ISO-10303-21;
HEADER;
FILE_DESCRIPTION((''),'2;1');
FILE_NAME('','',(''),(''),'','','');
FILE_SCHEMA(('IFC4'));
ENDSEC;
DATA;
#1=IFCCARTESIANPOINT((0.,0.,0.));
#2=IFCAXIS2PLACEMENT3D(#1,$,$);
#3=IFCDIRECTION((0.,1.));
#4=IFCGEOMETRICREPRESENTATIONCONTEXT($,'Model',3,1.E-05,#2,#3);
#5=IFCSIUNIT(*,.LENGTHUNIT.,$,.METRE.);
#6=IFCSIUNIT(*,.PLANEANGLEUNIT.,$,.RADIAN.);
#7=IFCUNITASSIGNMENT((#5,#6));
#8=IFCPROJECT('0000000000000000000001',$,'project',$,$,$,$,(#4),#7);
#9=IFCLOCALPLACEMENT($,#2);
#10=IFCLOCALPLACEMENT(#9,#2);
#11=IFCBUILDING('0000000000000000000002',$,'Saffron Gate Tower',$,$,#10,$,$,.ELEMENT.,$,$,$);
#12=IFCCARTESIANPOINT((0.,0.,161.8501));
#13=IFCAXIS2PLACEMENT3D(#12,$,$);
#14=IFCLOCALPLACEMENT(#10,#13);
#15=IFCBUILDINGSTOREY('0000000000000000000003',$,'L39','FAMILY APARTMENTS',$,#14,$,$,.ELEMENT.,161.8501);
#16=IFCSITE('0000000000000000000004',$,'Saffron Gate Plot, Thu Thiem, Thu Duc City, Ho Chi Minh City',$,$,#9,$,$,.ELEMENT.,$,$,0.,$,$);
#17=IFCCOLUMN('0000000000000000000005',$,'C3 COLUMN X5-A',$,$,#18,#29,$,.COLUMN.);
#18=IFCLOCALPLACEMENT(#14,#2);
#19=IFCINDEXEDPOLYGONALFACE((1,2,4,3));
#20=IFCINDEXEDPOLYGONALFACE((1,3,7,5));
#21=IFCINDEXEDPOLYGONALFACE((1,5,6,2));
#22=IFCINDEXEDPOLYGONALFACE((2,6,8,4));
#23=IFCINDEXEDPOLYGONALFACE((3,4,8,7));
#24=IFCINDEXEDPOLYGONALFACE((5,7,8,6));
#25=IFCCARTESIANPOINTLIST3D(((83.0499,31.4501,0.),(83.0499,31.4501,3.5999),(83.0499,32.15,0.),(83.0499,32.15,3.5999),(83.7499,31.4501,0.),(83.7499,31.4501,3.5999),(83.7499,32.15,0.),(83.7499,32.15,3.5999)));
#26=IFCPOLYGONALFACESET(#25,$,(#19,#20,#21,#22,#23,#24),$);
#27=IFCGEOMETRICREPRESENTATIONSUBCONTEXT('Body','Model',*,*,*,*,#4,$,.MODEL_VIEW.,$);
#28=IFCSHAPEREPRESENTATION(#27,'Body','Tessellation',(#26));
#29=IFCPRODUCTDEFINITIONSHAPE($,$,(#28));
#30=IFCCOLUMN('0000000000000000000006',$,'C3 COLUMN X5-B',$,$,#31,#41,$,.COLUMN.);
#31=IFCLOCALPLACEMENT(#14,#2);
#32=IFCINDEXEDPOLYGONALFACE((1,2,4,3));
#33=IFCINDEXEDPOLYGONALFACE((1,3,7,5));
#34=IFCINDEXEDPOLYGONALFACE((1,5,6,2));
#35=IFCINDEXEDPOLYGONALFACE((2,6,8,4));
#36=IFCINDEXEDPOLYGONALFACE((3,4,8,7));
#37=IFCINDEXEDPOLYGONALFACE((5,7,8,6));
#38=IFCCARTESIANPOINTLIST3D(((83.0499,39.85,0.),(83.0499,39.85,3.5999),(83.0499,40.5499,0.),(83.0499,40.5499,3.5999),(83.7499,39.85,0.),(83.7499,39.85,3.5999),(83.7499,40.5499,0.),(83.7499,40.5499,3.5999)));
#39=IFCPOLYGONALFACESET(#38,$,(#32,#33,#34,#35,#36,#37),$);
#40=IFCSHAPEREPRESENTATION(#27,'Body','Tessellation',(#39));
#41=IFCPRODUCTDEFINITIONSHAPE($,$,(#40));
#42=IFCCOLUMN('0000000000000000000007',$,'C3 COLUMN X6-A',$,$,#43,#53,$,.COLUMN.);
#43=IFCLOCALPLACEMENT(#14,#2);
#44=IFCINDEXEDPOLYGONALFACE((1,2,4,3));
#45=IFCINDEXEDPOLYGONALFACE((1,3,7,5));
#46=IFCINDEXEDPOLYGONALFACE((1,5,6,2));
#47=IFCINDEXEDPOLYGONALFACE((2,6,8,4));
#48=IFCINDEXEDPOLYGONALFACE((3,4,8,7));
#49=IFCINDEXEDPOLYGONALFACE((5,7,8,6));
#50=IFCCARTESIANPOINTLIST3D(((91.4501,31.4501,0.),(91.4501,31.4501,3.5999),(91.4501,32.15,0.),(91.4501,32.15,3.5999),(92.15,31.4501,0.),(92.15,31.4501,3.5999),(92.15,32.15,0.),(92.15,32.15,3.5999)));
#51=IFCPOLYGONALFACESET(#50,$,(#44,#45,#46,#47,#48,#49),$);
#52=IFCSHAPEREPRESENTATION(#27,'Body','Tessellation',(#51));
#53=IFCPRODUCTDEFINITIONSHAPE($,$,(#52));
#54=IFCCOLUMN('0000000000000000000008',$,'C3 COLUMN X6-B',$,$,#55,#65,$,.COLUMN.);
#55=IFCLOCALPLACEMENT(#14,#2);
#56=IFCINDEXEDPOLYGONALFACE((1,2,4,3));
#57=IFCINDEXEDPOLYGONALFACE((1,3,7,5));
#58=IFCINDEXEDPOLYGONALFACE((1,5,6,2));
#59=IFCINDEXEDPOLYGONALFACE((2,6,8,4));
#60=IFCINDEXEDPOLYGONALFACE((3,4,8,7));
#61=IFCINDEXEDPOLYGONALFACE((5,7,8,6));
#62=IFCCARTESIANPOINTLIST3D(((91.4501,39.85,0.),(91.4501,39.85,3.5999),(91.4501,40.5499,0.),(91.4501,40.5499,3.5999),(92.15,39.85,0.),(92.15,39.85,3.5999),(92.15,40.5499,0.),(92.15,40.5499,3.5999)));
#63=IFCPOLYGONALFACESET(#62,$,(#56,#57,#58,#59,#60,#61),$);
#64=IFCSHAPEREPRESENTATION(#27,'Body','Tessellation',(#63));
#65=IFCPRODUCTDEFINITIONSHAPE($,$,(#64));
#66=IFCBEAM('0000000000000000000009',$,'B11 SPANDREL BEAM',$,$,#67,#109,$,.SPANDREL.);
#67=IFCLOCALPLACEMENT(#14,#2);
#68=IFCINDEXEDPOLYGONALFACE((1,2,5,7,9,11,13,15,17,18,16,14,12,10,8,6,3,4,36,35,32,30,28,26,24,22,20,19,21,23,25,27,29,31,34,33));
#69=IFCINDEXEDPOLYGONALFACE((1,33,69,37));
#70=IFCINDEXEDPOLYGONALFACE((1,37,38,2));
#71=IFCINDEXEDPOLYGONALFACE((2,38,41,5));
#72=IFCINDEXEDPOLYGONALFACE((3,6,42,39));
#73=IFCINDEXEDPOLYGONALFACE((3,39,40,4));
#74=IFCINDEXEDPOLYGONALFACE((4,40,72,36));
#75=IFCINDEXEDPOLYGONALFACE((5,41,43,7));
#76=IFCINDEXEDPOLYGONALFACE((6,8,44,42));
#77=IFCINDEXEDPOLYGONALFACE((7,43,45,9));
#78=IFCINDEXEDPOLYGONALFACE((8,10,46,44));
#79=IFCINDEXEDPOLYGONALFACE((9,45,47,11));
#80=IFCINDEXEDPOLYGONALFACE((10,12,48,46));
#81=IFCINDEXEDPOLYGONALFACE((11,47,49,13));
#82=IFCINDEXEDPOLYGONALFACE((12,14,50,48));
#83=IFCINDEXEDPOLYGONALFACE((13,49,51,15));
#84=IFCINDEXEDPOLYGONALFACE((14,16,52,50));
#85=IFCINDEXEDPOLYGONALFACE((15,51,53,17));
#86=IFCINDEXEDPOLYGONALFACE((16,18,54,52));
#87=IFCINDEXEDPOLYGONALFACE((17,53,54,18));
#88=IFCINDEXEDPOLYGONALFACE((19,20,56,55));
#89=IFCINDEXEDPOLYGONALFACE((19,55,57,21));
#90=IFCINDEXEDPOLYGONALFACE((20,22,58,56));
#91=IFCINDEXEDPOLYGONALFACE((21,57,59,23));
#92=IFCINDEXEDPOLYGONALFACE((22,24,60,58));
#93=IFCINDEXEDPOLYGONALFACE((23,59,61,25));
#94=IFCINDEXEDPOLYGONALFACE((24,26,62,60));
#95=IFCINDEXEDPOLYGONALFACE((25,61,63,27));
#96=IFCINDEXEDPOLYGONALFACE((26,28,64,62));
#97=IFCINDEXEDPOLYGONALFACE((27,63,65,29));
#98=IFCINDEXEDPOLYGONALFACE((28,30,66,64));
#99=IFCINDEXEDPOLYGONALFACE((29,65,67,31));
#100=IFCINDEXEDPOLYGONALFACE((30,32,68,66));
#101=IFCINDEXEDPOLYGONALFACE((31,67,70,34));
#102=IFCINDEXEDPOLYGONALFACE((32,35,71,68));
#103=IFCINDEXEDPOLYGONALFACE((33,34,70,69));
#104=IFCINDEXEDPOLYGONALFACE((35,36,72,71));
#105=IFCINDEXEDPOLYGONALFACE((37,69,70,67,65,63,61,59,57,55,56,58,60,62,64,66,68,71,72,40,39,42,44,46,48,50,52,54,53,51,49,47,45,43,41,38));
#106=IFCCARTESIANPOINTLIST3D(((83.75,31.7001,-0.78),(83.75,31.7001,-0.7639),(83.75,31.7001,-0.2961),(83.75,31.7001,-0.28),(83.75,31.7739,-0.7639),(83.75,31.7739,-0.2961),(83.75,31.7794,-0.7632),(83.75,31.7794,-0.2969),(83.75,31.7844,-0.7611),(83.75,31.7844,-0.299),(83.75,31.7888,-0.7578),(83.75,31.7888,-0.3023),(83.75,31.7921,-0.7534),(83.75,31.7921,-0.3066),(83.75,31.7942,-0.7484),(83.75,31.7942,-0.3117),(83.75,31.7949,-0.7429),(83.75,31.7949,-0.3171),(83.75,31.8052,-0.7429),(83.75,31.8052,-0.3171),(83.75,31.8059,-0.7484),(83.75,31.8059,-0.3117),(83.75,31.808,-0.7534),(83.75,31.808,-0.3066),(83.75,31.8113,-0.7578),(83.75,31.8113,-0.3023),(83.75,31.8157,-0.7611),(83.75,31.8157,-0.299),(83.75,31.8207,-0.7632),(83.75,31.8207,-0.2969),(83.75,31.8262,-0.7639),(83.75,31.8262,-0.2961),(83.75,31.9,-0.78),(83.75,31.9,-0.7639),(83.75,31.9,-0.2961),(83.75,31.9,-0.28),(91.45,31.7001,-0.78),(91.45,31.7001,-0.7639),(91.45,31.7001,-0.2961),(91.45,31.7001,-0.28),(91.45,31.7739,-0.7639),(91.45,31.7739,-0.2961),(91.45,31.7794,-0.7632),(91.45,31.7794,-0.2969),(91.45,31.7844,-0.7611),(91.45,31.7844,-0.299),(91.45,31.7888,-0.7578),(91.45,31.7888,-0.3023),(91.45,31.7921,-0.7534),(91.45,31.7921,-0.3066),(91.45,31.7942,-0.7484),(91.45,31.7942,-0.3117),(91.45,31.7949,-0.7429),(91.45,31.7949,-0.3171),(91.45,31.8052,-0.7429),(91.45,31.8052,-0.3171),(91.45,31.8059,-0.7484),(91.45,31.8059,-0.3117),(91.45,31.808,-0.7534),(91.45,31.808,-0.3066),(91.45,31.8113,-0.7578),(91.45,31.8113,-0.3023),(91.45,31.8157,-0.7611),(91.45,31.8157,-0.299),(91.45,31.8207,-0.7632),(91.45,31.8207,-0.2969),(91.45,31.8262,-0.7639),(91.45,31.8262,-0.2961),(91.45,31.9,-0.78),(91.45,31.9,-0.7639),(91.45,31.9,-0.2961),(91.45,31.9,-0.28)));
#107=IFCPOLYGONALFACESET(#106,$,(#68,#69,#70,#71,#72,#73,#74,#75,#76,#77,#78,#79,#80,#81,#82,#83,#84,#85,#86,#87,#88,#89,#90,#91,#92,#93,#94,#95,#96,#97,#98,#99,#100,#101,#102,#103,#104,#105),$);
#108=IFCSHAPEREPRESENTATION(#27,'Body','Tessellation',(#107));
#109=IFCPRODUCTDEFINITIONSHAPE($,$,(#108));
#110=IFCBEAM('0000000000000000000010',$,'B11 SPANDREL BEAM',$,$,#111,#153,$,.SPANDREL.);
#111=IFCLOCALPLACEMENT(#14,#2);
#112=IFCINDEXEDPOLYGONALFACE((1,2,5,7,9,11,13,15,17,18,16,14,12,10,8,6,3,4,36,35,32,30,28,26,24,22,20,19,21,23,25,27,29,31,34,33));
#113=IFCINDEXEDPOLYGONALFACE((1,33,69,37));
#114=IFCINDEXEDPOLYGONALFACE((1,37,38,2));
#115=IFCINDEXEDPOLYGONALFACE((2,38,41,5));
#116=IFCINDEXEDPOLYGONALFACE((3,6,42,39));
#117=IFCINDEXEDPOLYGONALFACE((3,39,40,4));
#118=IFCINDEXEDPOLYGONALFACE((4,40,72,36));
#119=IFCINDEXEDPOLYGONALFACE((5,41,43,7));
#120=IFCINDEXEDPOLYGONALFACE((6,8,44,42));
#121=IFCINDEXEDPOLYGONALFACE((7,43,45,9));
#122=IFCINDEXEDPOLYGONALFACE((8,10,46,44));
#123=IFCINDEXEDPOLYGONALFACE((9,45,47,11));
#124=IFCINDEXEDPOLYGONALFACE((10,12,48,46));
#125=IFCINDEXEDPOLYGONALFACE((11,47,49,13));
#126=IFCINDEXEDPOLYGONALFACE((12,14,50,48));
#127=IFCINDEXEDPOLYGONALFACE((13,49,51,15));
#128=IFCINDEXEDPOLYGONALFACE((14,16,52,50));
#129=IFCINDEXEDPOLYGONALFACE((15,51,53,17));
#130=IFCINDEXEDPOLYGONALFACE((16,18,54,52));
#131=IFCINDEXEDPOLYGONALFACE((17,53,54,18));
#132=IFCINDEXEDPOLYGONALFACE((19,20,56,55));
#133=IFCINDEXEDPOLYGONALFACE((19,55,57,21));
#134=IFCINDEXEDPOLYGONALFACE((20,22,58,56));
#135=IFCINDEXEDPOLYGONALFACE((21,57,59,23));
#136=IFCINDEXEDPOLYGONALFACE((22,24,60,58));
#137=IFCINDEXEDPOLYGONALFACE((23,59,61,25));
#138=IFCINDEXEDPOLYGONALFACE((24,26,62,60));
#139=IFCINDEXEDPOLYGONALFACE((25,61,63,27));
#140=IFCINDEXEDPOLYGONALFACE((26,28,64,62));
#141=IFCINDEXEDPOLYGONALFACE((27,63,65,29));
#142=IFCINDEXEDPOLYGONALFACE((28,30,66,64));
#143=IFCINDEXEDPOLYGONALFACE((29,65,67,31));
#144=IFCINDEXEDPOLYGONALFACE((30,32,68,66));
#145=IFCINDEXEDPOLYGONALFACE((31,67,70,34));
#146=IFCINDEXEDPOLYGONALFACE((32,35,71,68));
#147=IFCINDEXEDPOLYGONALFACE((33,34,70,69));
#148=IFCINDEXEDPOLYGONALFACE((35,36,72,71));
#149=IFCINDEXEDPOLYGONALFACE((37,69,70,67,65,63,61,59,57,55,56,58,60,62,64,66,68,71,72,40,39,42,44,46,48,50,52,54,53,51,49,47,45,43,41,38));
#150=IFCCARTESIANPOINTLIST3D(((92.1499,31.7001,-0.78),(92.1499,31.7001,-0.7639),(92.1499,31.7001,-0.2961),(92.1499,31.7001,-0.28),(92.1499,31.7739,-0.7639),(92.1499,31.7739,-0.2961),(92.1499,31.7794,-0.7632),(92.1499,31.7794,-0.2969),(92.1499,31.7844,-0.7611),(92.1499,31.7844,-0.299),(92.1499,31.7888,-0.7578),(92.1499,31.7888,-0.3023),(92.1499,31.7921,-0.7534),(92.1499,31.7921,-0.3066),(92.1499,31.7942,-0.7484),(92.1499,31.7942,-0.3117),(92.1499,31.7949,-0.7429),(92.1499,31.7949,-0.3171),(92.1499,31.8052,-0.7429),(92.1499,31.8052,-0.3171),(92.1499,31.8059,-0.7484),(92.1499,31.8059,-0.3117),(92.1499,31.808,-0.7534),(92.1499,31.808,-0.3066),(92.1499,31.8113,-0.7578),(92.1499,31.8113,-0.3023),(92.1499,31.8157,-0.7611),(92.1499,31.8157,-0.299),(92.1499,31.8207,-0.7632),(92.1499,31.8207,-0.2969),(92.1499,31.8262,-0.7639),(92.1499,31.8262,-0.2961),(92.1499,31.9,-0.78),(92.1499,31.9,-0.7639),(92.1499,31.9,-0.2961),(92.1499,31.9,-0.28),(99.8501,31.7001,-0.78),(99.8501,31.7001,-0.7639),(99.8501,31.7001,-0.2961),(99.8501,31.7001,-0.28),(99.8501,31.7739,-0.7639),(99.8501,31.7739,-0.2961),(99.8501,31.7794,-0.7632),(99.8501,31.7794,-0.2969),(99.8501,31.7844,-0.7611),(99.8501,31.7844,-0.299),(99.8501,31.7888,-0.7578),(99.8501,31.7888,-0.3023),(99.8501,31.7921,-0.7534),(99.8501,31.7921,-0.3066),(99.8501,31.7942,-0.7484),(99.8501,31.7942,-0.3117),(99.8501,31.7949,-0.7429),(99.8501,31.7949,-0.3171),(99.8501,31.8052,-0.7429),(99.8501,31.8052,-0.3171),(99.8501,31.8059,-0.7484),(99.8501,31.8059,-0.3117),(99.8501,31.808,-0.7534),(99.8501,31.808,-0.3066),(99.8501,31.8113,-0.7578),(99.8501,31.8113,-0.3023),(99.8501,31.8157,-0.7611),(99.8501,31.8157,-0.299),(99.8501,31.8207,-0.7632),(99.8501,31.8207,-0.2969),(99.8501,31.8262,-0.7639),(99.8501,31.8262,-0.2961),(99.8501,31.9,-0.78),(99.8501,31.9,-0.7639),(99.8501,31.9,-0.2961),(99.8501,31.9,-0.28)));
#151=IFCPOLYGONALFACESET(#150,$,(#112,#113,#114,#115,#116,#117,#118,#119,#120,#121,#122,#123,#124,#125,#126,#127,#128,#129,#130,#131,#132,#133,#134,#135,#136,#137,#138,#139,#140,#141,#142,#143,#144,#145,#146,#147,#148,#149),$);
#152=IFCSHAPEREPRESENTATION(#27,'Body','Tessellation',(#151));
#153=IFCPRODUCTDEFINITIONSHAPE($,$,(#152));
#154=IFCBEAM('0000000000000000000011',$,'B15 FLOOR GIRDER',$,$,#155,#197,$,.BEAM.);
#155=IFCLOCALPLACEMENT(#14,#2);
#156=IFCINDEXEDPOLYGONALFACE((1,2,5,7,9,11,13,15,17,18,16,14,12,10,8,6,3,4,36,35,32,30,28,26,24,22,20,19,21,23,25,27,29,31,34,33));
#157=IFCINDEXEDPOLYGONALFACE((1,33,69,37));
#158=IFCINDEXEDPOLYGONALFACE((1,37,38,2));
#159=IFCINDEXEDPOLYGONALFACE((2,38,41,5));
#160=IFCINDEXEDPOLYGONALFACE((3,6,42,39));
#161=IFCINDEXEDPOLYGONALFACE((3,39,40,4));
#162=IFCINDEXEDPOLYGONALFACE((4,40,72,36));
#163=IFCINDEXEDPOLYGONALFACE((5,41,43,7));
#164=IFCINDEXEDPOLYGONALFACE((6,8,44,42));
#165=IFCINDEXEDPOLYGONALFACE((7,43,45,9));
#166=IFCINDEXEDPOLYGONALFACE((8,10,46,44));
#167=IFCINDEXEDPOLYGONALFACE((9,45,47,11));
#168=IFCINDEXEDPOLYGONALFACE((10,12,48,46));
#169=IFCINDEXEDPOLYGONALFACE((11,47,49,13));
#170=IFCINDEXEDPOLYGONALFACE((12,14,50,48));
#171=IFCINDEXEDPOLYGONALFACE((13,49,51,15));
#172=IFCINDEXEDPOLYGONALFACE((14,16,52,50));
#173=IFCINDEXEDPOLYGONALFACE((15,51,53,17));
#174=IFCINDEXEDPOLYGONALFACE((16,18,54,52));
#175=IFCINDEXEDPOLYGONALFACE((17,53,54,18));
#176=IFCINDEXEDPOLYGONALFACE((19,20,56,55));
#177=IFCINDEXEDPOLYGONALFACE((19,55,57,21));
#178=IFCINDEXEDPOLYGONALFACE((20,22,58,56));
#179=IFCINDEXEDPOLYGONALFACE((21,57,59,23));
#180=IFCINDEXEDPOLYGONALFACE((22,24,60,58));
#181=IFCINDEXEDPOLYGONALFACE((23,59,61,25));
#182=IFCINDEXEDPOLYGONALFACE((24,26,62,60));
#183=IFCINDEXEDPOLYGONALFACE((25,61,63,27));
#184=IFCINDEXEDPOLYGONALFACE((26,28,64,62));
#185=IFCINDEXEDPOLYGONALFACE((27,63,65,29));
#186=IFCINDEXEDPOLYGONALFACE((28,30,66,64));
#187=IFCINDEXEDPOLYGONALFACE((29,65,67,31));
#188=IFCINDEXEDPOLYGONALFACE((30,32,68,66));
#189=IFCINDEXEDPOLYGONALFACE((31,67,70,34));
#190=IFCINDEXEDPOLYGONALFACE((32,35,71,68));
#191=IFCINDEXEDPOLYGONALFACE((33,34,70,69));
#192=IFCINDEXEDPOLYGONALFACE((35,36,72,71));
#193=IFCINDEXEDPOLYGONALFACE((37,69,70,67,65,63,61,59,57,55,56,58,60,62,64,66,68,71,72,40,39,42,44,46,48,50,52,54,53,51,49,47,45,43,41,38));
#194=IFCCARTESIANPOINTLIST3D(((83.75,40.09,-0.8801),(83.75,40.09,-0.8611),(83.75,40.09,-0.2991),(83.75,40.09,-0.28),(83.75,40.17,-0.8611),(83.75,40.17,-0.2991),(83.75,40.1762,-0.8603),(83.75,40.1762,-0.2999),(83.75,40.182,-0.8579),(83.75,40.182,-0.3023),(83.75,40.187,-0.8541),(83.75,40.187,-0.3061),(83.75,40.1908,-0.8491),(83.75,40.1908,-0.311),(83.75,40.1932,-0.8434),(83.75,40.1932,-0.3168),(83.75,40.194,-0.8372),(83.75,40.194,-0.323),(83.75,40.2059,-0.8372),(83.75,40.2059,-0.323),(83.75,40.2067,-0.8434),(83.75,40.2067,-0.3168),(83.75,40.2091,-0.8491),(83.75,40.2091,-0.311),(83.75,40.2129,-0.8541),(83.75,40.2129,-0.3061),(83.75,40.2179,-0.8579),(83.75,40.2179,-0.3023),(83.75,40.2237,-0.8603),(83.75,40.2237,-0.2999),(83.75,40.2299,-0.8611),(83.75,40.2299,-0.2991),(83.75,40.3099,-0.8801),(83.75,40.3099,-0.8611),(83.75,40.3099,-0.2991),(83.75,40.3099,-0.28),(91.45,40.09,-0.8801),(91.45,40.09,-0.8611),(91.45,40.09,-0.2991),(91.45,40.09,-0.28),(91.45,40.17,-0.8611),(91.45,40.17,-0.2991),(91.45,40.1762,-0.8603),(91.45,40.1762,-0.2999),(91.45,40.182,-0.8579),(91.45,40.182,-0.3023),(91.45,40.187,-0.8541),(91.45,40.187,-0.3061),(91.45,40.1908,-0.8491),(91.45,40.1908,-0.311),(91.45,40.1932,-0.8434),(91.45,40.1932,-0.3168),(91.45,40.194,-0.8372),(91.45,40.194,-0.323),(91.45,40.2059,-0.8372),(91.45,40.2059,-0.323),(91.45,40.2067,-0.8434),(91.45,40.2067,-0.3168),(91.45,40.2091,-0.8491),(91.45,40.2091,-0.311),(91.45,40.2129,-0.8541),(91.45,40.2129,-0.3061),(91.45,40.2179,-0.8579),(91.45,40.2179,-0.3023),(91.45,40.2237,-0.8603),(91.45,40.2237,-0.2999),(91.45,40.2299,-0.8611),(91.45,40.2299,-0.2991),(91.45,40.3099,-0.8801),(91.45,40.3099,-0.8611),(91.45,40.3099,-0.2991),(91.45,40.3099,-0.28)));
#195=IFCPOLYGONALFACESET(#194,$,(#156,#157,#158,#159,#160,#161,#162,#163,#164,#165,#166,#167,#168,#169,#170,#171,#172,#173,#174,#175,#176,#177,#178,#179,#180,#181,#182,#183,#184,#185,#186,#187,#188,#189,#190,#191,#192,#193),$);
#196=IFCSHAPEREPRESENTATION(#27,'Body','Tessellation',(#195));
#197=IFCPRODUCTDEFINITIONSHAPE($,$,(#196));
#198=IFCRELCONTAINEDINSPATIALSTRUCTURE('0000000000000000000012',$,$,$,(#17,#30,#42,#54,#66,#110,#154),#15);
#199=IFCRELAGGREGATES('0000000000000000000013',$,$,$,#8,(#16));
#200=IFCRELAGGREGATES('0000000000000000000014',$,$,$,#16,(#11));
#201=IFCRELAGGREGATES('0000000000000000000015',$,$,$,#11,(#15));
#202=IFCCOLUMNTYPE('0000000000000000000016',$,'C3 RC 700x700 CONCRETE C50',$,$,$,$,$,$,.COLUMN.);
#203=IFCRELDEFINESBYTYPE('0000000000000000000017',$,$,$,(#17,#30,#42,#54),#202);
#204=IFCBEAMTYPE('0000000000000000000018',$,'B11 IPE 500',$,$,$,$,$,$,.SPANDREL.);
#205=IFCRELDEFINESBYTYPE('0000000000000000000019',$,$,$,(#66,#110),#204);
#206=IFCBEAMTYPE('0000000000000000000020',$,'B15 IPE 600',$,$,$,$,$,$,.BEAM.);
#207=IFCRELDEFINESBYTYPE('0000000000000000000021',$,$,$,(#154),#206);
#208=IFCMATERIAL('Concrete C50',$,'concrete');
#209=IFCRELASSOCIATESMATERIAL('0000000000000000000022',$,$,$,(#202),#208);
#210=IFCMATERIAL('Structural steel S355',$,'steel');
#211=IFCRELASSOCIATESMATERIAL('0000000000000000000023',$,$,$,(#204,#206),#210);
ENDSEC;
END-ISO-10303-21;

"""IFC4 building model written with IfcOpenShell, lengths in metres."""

from ifc_helpers import new_model, si_unit, direction, frame, origin, origin_2d, place, context, subcontext, project, spatial, rectangle, i_section, extrude, material, material_profile, profile_set, type_object, element, save


model = new_model("IFC4")

# Units and contexts
model_context = context("Model", 3, precision=1e-05, world=origin(), true_north=direction((0.0, 1.0)))
body_context = subcontext(model_context, "Body", "Model", "MODEL_VIEW")
ifc_project = project(units=[si_unit("LENGTHUNIT", "METRE"), si_unit("PLANEANGLEUNIT", "RADIAN")], contexts=[model_context])

# Site, building, storey
site_placement = place(None, origin())
site = spatial("IfcSite", under=ifc_project, at=site_placement, Name="Saffron Gate Plot, Thu Thiem, Thu Duc City, Ho Chi Minh City", CompositionType="ELEMENT", RefElevation=0.0)
building_placement = place(site_placement, origin())
building = spatial("IfcBuilding", under=site, at=building_placement, Name="Saffron Gate Tower", CompositionType="ELEMENT")
storey_placement = place(building_placement, frame((0.0, 0.0, 161.8501)))
storey = spatial("IfcBuildingStorey", under=building, at=storey_placement, Name="L39", Description="FAMILY APARTMENTS", CompositionType="ELEMENT", Elevation=161.8501)

# Columns
ifc_material_1 = material(Name="Concrete C50", Category="concrete")
ifc_material_profile_1 = material_profile(ifc_material_1, rectangle(XDim=0.7, YDim=0.7, at=origin_2d()))
ifc_profile_set_1 = profile_set([ifc_material_profile_1], Name="Concrete C50")
column_type = type_object("IfcColumnType", Name="C3 RC 700x700 CONCRETE C50", PredefinedType="COLUMN", material=ifc_profile_set_1)
for number, where, z_axis, x_axis, name in (
    (1, (83.3999, 31.8, 0.0), (0.0, 0.0, 1.0), (1.0, 0.0, 0.0), "C3 COLUMN X5-A"),
    (2, (83.3999, 40.2, 0.0), (0.0, 0.0, 1.0), (1.0, 0.0, 0.0), "C3 COLUMN X5-B"),
    (3, (91.8, 31.8, 0.0), (0.0, 0.0, 1.0), (1.0, 0.0, 0.0), "C3 COLUMN X6-A"),
    (4, (91.8, 40.2, 0.0), (0.0, 0.0, 1.0), (1.0, 0.0, 0.0), "C3 COLUMN X6-B"),
):
    element("IfcColumn", number, at=place(storey_placement, frame(where, z_axis=z_axis, x_axis=x_axis)), inside=storey, type_object=column_type, Name=name, PredefinedType="COLUMN", context=body_context, shape_type="SweptSolid", body=[
        extrude(rectangle(XDim=0.7, YDim=0.7, at=origin_2d()), origin(), (0.0, 0.0, 1.0), 3.5999),
    ])

# Beams
ifc_material_2 = material(Name="Structural steel S355", Category="steel")
ifc_material_profile_2 = material_profile(ifc_material_2, i_section(OverallWidth=0.2, OverallDepth=0.5, WebThickness=0.0103, FlangeThickness=0.0161, FilletRadius=0.021, at=origin_2d()))
ifc_profile_set_2 = profile_set([ifc_material_profile_2], Name="Structural steel S355")
beam_type_1 = type_object("IfcBeamType", Name="B11 IPE 500", PredefinedType="SPANDREL", material=ifc_profile_set_2)
beam_1_placement = place(storey_placement, frame((83.75, 31.8, -0.53), z_axis=(1.0, 0.0, 0.0), x_axis=(0.0, 1.0, 0.0)))
element("IfcBeam", 5, at=beam_1_placement, inside=storey, type_object=beam_type_1, Name="B11 SPANDREL BEAM", PredefinedType="SPANDREL", context=body_context, shape_type="SweptSolid", body=[
    extrude(i_section(OverallWidth=0.2, OverallDepth=0.5, WebThickness=0.0103, FlangeThickness=0.0161, FilletRadius=0.021, at=origin_2d()), origin(), (0.0, 0.0, 1.0), 7.7),
])
beam_2_placement = place(storey_placement, frame((92.1499, 31.8, -0.53), z_axis=(1.0, 0.0, 0.0), x_axis=(0.0, 1.0, 0.0)))
element("IfcBeam", 6, at=beam_2_placement, inside=storey, type_object=beam_type_1, Name="B11 SPANDREL BEAM", PredefinedType="SPANDREL", context=body_context, shape_type="SweptSolid", body=[
    extrude(i_section(OverallWidth=0.2, OverallDepth=0.5, WebThickness=0.0103, FlangeThickness=0.0161, FilletRadius=0.021, at=origin_2d()), origin(), (0.0, 0.0, 1.0), 7.7002),
])
ifc_material_profile_3 = material_profile(ifc_material_2, i_section(OverallWidth=0.22, OverallDepth=0.6001, WebThickness=0.012, FlangeThickness=0.019, FilletRadius=0.0239, at=origin_2d()))
ifc_profile_set_3 = profile_set([ifc_material_profile_3], Name="Structural steel S355")
beam_type_2 = type_object("IfcBeamType", Name="B15 IPE 600", PredefinedType="BEAM", material=ifc_profile_set_3)
beam_3_placement = place(storey_placement, frame((83.75, 40.2, -0.5801), z_axis=(1.0, 0.0, 0.0), x_axis=(0.0, 1.0, 0.0)))
element("IfcBeam", 7, at=beam_3_placement, inside=storey, type_object=beam_type_2, Name="B15 FLOOR GIRDER", PredefinedType="BEAM", context=body_context, shape_type="SweptSolid", body=[
    extrude(i_section(OverallWidth=0.22, OverallDepth=0.6001, WebThickness=0.012, FlangeThickness=0.019, FilletRadius=0.0239, at=origin_2d()), origin(), (0.0, 0.0, 1.0), 7.7),
])

save(model, "model.ifc")
